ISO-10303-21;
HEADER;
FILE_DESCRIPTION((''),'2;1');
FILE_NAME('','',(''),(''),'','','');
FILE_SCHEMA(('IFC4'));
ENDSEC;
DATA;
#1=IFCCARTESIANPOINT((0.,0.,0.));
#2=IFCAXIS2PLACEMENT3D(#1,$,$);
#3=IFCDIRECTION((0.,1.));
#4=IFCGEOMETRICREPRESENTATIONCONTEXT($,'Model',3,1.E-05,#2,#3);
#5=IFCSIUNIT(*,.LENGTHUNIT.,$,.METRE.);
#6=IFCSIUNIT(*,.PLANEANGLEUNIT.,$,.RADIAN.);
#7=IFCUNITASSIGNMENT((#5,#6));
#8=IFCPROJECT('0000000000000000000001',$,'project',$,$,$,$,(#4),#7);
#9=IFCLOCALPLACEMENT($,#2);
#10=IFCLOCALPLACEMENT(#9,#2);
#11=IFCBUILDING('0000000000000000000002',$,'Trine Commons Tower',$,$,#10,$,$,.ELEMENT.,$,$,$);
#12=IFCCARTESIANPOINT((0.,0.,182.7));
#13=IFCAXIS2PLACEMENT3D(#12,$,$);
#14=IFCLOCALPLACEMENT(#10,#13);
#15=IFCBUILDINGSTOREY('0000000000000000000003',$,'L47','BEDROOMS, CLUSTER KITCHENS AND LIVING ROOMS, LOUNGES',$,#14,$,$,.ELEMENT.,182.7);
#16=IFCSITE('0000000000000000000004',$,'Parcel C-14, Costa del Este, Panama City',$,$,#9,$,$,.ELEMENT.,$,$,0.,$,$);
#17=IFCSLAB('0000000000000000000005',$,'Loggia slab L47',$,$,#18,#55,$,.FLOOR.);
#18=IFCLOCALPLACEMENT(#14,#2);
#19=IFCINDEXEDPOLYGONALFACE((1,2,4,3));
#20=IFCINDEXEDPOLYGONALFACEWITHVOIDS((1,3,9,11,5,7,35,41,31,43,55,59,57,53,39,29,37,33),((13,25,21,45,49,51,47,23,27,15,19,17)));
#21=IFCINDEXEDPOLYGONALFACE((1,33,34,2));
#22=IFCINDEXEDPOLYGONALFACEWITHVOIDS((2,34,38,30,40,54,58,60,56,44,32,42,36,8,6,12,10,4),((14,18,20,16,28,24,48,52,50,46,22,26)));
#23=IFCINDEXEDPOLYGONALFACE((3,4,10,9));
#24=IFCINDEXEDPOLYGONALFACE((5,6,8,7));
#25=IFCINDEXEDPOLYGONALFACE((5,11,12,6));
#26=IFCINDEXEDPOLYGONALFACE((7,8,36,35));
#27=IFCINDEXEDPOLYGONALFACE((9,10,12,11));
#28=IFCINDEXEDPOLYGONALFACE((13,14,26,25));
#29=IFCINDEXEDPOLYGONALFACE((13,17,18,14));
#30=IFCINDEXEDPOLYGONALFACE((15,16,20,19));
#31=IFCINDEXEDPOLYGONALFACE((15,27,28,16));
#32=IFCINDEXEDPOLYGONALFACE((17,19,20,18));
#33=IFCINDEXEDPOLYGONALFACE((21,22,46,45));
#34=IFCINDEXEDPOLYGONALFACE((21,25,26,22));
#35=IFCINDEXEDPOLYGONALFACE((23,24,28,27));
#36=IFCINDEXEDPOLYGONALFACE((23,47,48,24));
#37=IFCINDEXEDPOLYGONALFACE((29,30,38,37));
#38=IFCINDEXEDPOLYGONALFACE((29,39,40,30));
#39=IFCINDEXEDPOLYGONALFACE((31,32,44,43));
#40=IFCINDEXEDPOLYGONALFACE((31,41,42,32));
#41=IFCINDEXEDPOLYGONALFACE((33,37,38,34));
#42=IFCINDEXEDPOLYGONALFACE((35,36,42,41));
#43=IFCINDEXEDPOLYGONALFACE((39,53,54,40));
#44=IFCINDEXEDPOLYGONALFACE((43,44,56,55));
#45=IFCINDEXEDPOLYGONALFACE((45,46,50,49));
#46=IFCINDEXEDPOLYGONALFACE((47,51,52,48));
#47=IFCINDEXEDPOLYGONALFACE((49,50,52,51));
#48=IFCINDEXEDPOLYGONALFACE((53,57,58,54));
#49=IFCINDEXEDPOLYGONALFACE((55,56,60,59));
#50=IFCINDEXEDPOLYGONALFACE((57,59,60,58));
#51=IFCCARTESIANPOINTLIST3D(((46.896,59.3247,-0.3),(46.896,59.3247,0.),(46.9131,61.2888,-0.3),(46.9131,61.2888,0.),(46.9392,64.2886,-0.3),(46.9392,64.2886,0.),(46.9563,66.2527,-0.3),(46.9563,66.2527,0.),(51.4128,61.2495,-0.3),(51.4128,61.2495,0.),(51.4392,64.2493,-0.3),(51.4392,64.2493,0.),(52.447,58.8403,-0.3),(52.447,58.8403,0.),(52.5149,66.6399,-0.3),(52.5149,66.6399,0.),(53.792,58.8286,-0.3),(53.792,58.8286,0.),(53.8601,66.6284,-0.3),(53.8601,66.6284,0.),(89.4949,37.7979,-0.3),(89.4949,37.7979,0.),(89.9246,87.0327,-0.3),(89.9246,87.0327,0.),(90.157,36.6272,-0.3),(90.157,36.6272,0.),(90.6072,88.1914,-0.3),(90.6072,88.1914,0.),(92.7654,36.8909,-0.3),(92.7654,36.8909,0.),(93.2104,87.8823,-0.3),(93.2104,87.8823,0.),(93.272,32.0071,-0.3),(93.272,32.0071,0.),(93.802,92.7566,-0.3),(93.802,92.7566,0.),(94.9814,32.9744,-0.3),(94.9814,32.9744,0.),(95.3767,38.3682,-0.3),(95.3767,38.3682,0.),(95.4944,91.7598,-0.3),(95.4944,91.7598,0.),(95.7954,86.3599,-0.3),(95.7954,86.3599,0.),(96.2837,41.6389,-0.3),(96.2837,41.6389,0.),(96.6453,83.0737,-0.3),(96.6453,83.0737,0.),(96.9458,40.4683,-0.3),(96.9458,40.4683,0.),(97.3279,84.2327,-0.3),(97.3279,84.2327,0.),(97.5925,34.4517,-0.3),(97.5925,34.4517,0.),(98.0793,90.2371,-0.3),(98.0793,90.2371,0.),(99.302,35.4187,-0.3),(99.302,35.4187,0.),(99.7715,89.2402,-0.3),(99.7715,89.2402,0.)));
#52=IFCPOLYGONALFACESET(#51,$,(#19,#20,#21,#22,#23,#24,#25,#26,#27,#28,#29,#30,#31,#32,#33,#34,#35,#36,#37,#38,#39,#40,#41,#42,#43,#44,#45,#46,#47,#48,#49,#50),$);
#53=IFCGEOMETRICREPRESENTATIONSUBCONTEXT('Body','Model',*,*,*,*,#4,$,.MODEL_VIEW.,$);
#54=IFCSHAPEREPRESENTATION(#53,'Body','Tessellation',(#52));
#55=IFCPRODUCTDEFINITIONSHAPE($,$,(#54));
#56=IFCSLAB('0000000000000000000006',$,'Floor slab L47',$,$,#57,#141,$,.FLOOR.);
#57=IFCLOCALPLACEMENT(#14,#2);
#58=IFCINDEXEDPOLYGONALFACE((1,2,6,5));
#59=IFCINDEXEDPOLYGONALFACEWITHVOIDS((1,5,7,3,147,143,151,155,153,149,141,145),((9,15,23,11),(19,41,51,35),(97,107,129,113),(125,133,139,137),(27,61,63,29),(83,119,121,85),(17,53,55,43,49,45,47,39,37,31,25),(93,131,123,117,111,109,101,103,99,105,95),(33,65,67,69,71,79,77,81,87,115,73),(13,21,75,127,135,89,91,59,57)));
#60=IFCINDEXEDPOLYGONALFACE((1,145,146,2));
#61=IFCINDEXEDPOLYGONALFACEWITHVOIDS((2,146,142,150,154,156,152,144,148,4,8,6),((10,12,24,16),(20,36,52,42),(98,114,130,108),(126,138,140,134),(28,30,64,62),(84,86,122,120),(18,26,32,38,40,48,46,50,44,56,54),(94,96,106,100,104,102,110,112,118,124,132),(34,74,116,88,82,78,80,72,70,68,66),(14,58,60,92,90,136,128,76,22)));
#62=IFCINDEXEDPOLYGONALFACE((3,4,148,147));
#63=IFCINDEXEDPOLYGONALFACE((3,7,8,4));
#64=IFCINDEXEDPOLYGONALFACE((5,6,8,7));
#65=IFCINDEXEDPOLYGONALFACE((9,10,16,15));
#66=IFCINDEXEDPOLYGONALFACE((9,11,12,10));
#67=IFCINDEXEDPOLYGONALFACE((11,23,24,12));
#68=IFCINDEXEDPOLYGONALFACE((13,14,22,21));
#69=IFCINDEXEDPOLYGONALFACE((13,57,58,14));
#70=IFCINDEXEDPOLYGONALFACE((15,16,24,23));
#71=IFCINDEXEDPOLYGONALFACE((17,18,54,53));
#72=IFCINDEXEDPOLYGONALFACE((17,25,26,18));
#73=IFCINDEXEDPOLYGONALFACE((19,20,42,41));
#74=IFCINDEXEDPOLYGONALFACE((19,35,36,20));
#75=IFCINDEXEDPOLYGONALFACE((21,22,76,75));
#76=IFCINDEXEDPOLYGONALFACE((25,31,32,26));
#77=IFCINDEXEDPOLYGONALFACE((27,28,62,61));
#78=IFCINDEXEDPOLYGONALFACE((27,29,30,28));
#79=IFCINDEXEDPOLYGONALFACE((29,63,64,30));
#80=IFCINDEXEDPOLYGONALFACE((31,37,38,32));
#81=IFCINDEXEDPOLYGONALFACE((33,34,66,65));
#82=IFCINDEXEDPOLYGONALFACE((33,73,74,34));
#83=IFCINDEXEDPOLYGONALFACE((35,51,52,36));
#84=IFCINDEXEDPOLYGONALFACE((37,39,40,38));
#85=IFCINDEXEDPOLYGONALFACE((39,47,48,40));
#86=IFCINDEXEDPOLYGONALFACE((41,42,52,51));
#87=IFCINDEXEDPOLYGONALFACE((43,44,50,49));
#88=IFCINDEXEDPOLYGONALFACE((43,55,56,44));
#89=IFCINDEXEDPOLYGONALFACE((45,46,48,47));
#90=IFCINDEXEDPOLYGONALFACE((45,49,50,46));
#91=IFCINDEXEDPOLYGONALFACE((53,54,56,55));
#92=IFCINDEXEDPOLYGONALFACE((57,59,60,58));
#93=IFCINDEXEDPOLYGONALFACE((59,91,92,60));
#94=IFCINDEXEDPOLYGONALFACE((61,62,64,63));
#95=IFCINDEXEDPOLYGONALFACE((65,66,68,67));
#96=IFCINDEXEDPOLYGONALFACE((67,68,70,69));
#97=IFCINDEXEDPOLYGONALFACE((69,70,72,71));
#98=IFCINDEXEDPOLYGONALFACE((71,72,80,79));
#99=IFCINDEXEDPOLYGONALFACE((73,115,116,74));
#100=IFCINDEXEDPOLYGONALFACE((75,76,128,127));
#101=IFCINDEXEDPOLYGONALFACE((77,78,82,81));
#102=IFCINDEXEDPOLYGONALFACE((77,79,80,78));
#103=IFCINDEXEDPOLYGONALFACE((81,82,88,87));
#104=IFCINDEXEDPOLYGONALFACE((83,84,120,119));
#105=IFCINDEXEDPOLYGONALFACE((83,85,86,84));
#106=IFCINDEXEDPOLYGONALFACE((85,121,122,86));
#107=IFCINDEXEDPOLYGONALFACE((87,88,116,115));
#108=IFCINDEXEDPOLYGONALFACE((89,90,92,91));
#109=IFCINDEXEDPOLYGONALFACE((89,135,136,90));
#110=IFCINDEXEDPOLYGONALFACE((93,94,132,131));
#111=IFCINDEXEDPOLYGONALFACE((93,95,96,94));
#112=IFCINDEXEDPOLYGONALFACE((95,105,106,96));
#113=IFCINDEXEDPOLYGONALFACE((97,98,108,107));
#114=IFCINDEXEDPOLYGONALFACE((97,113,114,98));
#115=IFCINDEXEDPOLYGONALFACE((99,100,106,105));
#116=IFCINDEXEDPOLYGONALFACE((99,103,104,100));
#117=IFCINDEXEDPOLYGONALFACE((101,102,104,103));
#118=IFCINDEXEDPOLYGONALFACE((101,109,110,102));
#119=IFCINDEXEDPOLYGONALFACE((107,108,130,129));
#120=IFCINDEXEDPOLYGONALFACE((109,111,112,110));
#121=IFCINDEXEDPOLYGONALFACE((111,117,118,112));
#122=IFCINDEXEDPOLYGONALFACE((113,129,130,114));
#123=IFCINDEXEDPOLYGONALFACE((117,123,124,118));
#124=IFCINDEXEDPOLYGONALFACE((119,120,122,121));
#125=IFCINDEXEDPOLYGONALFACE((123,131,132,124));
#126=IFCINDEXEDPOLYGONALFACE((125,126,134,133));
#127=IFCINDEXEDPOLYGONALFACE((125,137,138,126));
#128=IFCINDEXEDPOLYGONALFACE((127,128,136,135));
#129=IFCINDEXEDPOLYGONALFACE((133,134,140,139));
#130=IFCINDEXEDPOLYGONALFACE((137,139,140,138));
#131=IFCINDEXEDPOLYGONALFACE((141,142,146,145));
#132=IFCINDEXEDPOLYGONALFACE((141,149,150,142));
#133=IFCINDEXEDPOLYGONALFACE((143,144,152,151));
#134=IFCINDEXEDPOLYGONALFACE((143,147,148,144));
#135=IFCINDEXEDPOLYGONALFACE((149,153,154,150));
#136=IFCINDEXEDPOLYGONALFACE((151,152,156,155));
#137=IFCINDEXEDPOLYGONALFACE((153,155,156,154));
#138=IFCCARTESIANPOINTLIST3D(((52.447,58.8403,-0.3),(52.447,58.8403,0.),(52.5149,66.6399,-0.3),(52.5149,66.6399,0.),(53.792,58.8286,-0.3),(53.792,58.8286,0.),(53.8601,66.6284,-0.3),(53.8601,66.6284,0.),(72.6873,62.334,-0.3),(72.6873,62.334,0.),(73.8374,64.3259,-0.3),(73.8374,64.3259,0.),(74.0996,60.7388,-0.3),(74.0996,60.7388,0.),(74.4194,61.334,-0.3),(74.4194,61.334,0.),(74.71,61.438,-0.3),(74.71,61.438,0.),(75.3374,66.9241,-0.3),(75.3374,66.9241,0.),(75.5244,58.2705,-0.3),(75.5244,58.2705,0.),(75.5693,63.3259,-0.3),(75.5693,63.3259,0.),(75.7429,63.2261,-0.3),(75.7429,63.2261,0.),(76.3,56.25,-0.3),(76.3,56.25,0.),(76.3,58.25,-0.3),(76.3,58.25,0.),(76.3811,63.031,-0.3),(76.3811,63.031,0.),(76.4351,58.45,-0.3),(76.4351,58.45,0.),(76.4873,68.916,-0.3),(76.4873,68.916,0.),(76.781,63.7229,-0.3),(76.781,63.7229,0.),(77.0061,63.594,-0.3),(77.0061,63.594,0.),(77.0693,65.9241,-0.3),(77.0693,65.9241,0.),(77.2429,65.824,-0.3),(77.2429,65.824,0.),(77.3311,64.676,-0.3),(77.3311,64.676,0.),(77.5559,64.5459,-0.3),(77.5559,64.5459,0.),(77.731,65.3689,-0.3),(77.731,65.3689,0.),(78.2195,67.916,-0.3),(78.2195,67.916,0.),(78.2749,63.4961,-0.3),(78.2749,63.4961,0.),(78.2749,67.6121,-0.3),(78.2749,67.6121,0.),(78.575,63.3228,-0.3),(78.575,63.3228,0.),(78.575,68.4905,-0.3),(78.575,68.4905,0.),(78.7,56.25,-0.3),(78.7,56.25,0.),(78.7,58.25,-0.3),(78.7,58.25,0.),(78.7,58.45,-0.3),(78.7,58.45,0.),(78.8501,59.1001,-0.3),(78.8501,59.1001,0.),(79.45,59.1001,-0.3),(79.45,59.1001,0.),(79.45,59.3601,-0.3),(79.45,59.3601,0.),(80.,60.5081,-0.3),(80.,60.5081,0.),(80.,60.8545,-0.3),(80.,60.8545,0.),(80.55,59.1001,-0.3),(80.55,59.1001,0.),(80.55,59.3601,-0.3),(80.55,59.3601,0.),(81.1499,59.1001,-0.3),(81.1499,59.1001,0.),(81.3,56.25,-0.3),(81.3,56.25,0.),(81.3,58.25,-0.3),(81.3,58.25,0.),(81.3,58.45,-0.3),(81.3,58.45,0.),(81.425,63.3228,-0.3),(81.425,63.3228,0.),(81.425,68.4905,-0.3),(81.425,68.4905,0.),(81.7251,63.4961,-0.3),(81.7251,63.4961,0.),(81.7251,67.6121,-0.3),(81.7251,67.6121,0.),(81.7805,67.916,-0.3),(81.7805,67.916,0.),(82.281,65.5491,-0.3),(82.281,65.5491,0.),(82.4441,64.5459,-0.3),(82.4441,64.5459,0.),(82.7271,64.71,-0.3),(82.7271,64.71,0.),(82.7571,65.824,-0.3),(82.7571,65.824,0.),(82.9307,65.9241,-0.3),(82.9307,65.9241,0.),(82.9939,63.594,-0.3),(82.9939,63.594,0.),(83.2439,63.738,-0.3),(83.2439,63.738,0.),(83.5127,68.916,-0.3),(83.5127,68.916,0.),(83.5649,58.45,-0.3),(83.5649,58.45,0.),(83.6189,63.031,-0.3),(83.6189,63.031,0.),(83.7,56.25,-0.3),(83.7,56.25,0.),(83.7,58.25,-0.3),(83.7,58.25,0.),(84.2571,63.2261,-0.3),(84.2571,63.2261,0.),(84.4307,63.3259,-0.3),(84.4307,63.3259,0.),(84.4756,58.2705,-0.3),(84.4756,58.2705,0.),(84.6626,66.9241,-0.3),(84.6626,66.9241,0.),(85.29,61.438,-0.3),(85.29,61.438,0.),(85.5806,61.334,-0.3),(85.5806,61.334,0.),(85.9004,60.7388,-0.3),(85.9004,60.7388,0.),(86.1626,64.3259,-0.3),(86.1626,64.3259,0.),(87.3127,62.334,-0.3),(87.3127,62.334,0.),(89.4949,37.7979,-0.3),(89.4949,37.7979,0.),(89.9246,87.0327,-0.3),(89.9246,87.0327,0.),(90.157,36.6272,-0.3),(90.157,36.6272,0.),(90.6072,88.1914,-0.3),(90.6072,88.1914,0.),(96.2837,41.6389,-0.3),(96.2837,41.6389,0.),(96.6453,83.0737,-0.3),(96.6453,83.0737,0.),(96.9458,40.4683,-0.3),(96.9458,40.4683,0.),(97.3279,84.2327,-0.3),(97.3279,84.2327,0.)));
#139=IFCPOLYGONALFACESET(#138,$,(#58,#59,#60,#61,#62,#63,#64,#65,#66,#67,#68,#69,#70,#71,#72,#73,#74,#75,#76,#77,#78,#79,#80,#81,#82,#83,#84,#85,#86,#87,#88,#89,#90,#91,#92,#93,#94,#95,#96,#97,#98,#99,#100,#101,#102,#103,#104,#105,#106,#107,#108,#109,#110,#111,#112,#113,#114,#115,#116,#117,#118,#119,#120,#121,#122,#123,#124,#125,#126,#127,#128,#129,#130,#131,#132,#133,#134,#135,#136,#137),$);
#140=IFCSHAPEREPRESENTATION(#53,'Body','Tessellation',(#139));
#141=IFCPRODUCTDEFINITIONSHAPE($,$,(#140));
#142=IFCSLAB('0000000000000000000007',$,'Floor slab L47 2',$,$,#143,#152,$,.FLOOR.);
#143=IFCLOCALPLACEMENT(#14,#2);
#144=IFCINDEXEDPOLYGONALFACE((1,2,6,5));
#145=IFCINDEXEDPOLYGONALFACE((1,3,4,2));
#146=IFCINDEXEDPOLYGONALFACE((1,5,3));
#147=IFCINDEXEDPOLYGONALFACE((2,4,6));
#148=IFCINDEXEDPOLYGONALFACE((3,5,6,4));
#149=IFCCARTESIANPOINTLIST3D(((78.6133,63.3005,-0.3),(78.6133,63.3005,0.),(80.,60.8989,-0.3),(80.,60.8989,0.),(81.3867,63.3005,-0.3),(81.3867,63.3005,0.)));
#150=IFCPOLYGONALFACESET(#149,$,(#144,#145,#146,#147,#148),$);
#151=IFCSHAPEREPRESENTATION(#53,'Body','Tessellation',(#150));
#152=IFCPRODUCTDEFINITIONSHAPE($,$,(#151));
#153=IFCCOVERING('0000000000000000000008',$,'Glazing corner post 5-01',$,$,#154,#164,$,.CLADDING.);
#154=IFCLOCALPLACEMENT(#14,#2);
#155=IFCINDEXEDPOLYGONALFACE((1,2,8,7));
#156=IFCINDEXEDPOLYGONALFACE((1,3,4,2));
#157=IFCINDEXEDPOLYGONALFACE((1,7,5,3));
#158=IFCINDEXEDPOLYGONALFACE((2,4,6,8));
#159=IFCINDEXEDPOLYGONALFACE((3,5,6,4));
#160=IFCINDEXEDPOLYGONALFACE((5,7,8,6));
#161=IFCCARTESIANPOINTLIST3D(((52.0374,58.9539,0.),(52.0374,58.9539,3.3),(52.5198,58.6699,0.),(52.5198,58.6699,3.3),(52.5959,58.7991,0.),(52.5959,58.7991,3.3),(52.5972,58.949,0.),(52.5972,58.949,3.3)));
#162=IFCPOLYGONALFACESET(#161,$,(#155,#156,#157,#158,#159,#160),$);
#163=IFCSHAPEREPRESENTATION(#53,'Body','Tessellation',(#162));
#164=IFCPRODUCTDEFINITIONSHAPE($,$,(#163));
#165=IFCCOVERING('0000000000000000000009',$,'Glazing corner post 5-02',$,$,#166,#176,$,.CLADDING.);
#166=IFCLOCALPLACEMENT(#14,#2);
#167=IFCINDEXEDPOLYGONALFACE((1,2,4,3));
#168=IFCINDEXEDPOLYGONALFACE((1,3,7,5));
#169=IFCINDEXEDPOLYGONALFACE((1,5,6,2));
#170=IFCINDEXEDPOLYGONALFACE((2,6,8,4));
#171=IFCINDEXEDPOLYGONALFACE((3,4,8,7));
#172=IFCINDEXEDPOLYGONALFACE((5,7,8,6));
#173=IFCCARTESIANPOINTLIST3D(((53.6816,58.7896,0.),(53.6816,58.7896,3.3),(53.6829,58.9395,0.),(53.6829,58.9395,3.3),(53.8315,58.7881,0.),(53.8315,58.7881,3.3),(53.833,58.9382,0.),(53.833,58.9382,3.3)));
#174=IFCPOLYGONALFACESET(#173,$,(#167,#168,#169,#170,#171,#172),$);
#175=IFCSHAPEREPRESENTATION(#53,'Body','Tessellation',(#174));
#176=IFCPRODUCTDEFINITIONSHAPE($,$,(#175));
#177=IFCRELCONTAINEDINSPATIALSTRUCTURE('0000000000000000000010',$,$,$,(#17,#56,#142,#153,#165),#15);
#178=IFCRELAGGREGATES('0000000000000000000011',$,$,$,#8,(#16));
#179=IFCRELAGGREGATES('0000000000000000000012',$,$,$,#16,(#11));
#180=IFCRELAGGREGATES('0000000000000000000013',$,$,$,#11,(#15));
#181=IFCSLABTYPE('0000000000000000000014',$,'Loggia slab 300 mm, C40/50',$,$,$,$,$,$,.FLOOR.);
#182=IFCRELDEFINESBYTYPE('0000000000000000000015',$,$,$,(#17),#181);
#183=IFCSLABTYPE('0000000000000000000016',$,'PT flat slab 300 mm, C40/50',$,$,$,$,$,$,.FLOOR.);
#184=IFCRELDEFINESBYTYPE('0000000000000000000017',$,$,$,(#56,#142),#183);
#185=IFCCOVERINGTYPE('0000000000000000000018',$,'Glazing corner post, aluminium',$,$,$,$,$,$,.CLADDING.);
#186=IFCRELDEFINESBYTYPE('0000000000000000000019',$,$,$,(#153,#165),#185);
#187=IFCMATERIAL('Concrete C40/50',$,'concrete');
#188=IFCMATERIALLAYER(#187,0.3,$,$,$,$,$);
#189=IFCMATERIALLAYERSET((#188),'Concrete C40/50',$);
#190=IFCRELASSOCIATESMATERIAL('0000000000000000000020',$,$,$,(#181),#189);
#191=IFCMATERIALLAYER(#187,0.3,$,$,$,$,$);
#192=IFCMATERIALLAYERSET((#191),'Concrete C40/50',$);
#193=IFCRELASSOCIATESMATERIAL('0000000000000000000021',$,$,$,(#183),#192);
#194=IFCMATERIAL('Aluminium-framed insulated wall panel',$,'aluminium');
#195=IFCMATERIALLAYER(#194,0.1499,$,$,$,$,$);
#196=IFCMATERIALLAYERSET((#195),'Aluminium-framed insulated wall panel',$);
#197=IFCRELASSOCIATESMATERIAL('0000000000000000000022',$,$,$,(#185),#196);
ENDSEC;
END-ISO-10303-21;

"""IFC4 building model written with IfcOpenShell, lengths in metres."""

from ifc_helpers import new_model, si_unit, direction, frame, origin, place, context, subcontext, project, spatial, polyline, outline, extrude, material, layer, layer_set, type_object, element, save


model = new_model("IFC4")

# Units and contexts
model_context = context("Model", 3, precision=1e-05, world=origin(), true_north=direction((0.0, 1.0)))
body_context = subcontext(model_context, "Body", "Model", "MODEL_VIEW")
ifc_project = project(units=[si_unit("LENGTHUNIT", "METRE"), si_unit("PLANEANGLEUNIT", "RADIAN")], contexts=[model_context])

# Site, building, storey
site_placement = place(None, origin())
site = spatial("IfcSite", under=ifc_project, at=site_placement, Name="Parcel C-14, Costa del Este, Panama City", CompositionType="ELEMENT", RefElevation=0.0)
building_placement = place(site_placement, origin())
building = spatial("IfcBuilding", under=site, at=building_placement, Name="Trine Commons Tower", CompositionType="ELEMENT")
storey_placement = place(building_placement, frame((0.0, 0.0, 182.7)))
storey = spatial("IfcBuildingStorey", under=building, at=storey_placement, Name="L47", Description="BEDROOMS, CLUSTER KITCHENS AND LIVING ROOMS, LOUNGES", CompositionType="ELEMENT", Elevation=182.7)

# Slabs
ifc_material_1 = material(Name="Concrete C40/50", Category="concrete")
ifc_layer_1 = layer(ifc_material_1, 0.3)
ifc_layer_set_1 = layer_set([ifc_layer_1], Name="Concrete C40/50")
slab_type_1 = type_object("IfcSlabType", Name="Loggia slab 300 mm, C40/50", PredefinedType="FLOOR", material=ifc_layer_set_1)
slab_1_placement = place(storey_placement, frame((0.0, 0.0, -0.3)))
element("IfcSlab", 1, at=slab_1_placement, inside=storey, type_object=slab_type_1, Name="Loggia slab L47", PredefinedType="FLOOR", context=body_context, shape_type="SweptSolid", body=[
    extrude(outline(polyline([(99.302, 35.4187), (99.7715, 89.2402), (98.0793, 90.2371), (95.7954, 86.3599), (93.2104, 87.8823), (95.4944, 91.7598), (93.802, 92.7566), (46.9563, 66.2527), (46.9392, 64.2886), (51.4392, 64.2493), (51.4128, 61.2495), (46.9131, 61.2888), (46.896, 59.3247), (93.272, 32.0071), (94.9814, 32.9744), (92.7654, 36.8909), (95.3767, 38.3682), (97.5925, 34.4517), (99.302, 35.4187)]), holes=[polyline([(90.157, 36.6272), (89.4949, 37.7979), (96.2837, 41.6389), (96.9458, 40.4683), (97.3279, 84.2327), (96.6453, 83.0737), (89.9246, 87.0327), (90.6072, 88.1914), (52.5149, 66.6399), (53.8601, 66.6284), (53.792, 58.8286), (52.447, 58.8403), (90.157, 36.6272)])]), origin(), (0.0, 0.0, 1.0), 0.3),
])
ifc_layer_2 = layer(ifc_material_1, 0.3)
ifc_layer_set_2 = layer_set([ifc_layer_2], Name="Concrete C40/50")
slab_type_2 = type_object("IfcSlabType", Name="PT flat slab 300 mm, C40/50", PredefinedType="FLOOR", material=ifc_layer_set_2)
slab_2_placement = place(storey_placement, frame((0.0, 0.0, -0.3)))
element("IfcSlab", 2, at=slab_2_placement, inside=storey, type_object=slab_type_2, Name="Floor slab L47", PredefinedType="FLOOR", context=body_context, shape_type="SweptSolid", body=[
    extrude(outline(polyline([(52.447, 58.8403), (90.157, 36.6272), (89.4949, 37.7979), (96.2837, 41.6389), (96.9458, 40.4683), (97.3279, 84.2327), (96.6453, 83.0737), (89.9246, 87.0327), (90.6072, 88.1914), (52.5149, 66.6399), (53.8601, 66.6284), (53.792, 58.8286), (52.447, 58.8403)]), holes=[polyline([(78.7, 56.25), (78.7, 58.25), (76.3, 58.25), (76.3, 56.25), (78.7, 56.25)]), polyline([(80.0, 60.8545), (84.4756, 58.2705), (85.9004, 60.7388), (81.425, 63.3228), (81.425, 68.4905), (78.575, 68.4905), (78.575, 63.3228), (74.0996, 60.7388), (75.5244, 58.2705), (80.0, 60.8545)]), polyline([(73.8374, 64.3259), (72.6873, 62.334), (74.4194, 61.334), (75.5693, 63.3259), (73.8374, 64.3259)]), polyline([(76.3811, 63.031), (75.7429, 63.2261), (74.71, 61.438), (78.2749, 63.4961), (78.2749, 67.6121), (77.2429, 65.824), (77.731, 65.3689), (77.3311, 64.676), (77.5559, 64.5459), (77.0061, 63.594), (76.781, 63.7229), (76.3811, 63.031)]), polyline([(76.4873, 68.916), (75.3374, 66.9241), (77.0693, 65.9241), (78.2195, 67.916), (76.4873, 68.916)]), polyline([(83.7, 56.25), (83.7, 58.25), (81.3, 58.25), (81.3, 56.25), (83.7, 56.25)]), polyline([(81.1499, 59.1001), (81.3, 58.45), (83.5649, 58.45), (80.0, 60.5081), (76.4351, 58.45), (78.7, 58.45), (78.8501, 59.1001), (79.45, 59.1001), (79.45, 59.3601), (80.55, 59.3601), (80.55, 59.1001), (81.1499, 59.1001)]), polyline([(86.1626, 64.3259), (84.4307, 63.3259), (85.5806, 61.334), (87.3127, 62.334), (86.1626, 64.3259)]), polyline([(83.2439, 63.738), (82.9939, 63.594), (82.4441, 64.5459), (82.7271, 64.71), (82.281, 65.5491), (82.7571, 65.824), (81.7251, 67.6121), (81.7251, 63.4961), (85.29, 61.438), (84.2571, 63.2261), (83.6189, 63.031), (83.2439, 63.738)]), polyline([(84.6626, 66.9241), (83.5127, 68.916), (81.7805, 67.916), (82.9307, 65.9241), (84.6626, 66.9241)])]), origin(), (0.0, 0.0, 1.0), 0.3),
])
slab_3_placement = place(storey_placement, frame((0.0, 0.0, -0.3)))
element("IfcSlab", 3, at=slab_3_placement, inside=storey, type_object=slab_type_2, Name="Floor slab L47 2", PredefinedType="FLOOR", context=body_context, shape_type="SweptSolid", body=[
    extrude(outline(polyline([(78.6133, 63.3005), (80.0, 60.8989), (81.3867, 63.3005), (78.6133, 63.3005)])), origin(), (0.0, 0.0, 1.0), 0.3),
])

# Coverings
ifc_material_2 = material(Name="Aluminium-framed insulated wall panel", Category="aluminium")
ifc_layer_3 = layer(ifc_material_2, 0.1499)
ifc_layer_set_3 = layer_set([ifc_layer_3], Name="Aluminium-framed insulated wall panel")
covering_type_1 = type_object("IfcCoveringType", Name="Glazing corner post, aluminium", PredefinedType="CLADDING", material=ifc_layer_set_3)
covering_1_placement = place(storey_placement, origin())
element("IfcCovering", 4, at=covering_1_placement, inside=storey, type_object=covering_type_1, Name="Glazing corner post 5-01", PredefinedType="CLADDING", context=body_context, shape_type="SweptSolid", body=[
    extrude(outline(polyline([(52.5198, 58.6699), (52.5959, 58.7991), (52.5972, 58.949), (52.0374, 58.9539), (52.5198, 58.6699)])), origin(), (0.0, 0.0, 1.0), 3.3),
])
covering_2_placement = place(storey_placement, origin())
element("IfcCovering", 5, at=covering_2_placement, inside=storey, type_object=covering_type_1, Name="Glazing corner post 5-02", PredefinedType="CLADDING", context=body_context, shape_type="SweptSolid", body=[
    extrude(outline(polyline([(53.6816, 58.7896), (53.8315, 58.7881), (53.833, 58.9382), (53.6829, 58.9395), (53.6816, 58.7896)])), origin(), (0.0, 0.0, 1.0), 3.3),
])

save(model, "model.ifc")
